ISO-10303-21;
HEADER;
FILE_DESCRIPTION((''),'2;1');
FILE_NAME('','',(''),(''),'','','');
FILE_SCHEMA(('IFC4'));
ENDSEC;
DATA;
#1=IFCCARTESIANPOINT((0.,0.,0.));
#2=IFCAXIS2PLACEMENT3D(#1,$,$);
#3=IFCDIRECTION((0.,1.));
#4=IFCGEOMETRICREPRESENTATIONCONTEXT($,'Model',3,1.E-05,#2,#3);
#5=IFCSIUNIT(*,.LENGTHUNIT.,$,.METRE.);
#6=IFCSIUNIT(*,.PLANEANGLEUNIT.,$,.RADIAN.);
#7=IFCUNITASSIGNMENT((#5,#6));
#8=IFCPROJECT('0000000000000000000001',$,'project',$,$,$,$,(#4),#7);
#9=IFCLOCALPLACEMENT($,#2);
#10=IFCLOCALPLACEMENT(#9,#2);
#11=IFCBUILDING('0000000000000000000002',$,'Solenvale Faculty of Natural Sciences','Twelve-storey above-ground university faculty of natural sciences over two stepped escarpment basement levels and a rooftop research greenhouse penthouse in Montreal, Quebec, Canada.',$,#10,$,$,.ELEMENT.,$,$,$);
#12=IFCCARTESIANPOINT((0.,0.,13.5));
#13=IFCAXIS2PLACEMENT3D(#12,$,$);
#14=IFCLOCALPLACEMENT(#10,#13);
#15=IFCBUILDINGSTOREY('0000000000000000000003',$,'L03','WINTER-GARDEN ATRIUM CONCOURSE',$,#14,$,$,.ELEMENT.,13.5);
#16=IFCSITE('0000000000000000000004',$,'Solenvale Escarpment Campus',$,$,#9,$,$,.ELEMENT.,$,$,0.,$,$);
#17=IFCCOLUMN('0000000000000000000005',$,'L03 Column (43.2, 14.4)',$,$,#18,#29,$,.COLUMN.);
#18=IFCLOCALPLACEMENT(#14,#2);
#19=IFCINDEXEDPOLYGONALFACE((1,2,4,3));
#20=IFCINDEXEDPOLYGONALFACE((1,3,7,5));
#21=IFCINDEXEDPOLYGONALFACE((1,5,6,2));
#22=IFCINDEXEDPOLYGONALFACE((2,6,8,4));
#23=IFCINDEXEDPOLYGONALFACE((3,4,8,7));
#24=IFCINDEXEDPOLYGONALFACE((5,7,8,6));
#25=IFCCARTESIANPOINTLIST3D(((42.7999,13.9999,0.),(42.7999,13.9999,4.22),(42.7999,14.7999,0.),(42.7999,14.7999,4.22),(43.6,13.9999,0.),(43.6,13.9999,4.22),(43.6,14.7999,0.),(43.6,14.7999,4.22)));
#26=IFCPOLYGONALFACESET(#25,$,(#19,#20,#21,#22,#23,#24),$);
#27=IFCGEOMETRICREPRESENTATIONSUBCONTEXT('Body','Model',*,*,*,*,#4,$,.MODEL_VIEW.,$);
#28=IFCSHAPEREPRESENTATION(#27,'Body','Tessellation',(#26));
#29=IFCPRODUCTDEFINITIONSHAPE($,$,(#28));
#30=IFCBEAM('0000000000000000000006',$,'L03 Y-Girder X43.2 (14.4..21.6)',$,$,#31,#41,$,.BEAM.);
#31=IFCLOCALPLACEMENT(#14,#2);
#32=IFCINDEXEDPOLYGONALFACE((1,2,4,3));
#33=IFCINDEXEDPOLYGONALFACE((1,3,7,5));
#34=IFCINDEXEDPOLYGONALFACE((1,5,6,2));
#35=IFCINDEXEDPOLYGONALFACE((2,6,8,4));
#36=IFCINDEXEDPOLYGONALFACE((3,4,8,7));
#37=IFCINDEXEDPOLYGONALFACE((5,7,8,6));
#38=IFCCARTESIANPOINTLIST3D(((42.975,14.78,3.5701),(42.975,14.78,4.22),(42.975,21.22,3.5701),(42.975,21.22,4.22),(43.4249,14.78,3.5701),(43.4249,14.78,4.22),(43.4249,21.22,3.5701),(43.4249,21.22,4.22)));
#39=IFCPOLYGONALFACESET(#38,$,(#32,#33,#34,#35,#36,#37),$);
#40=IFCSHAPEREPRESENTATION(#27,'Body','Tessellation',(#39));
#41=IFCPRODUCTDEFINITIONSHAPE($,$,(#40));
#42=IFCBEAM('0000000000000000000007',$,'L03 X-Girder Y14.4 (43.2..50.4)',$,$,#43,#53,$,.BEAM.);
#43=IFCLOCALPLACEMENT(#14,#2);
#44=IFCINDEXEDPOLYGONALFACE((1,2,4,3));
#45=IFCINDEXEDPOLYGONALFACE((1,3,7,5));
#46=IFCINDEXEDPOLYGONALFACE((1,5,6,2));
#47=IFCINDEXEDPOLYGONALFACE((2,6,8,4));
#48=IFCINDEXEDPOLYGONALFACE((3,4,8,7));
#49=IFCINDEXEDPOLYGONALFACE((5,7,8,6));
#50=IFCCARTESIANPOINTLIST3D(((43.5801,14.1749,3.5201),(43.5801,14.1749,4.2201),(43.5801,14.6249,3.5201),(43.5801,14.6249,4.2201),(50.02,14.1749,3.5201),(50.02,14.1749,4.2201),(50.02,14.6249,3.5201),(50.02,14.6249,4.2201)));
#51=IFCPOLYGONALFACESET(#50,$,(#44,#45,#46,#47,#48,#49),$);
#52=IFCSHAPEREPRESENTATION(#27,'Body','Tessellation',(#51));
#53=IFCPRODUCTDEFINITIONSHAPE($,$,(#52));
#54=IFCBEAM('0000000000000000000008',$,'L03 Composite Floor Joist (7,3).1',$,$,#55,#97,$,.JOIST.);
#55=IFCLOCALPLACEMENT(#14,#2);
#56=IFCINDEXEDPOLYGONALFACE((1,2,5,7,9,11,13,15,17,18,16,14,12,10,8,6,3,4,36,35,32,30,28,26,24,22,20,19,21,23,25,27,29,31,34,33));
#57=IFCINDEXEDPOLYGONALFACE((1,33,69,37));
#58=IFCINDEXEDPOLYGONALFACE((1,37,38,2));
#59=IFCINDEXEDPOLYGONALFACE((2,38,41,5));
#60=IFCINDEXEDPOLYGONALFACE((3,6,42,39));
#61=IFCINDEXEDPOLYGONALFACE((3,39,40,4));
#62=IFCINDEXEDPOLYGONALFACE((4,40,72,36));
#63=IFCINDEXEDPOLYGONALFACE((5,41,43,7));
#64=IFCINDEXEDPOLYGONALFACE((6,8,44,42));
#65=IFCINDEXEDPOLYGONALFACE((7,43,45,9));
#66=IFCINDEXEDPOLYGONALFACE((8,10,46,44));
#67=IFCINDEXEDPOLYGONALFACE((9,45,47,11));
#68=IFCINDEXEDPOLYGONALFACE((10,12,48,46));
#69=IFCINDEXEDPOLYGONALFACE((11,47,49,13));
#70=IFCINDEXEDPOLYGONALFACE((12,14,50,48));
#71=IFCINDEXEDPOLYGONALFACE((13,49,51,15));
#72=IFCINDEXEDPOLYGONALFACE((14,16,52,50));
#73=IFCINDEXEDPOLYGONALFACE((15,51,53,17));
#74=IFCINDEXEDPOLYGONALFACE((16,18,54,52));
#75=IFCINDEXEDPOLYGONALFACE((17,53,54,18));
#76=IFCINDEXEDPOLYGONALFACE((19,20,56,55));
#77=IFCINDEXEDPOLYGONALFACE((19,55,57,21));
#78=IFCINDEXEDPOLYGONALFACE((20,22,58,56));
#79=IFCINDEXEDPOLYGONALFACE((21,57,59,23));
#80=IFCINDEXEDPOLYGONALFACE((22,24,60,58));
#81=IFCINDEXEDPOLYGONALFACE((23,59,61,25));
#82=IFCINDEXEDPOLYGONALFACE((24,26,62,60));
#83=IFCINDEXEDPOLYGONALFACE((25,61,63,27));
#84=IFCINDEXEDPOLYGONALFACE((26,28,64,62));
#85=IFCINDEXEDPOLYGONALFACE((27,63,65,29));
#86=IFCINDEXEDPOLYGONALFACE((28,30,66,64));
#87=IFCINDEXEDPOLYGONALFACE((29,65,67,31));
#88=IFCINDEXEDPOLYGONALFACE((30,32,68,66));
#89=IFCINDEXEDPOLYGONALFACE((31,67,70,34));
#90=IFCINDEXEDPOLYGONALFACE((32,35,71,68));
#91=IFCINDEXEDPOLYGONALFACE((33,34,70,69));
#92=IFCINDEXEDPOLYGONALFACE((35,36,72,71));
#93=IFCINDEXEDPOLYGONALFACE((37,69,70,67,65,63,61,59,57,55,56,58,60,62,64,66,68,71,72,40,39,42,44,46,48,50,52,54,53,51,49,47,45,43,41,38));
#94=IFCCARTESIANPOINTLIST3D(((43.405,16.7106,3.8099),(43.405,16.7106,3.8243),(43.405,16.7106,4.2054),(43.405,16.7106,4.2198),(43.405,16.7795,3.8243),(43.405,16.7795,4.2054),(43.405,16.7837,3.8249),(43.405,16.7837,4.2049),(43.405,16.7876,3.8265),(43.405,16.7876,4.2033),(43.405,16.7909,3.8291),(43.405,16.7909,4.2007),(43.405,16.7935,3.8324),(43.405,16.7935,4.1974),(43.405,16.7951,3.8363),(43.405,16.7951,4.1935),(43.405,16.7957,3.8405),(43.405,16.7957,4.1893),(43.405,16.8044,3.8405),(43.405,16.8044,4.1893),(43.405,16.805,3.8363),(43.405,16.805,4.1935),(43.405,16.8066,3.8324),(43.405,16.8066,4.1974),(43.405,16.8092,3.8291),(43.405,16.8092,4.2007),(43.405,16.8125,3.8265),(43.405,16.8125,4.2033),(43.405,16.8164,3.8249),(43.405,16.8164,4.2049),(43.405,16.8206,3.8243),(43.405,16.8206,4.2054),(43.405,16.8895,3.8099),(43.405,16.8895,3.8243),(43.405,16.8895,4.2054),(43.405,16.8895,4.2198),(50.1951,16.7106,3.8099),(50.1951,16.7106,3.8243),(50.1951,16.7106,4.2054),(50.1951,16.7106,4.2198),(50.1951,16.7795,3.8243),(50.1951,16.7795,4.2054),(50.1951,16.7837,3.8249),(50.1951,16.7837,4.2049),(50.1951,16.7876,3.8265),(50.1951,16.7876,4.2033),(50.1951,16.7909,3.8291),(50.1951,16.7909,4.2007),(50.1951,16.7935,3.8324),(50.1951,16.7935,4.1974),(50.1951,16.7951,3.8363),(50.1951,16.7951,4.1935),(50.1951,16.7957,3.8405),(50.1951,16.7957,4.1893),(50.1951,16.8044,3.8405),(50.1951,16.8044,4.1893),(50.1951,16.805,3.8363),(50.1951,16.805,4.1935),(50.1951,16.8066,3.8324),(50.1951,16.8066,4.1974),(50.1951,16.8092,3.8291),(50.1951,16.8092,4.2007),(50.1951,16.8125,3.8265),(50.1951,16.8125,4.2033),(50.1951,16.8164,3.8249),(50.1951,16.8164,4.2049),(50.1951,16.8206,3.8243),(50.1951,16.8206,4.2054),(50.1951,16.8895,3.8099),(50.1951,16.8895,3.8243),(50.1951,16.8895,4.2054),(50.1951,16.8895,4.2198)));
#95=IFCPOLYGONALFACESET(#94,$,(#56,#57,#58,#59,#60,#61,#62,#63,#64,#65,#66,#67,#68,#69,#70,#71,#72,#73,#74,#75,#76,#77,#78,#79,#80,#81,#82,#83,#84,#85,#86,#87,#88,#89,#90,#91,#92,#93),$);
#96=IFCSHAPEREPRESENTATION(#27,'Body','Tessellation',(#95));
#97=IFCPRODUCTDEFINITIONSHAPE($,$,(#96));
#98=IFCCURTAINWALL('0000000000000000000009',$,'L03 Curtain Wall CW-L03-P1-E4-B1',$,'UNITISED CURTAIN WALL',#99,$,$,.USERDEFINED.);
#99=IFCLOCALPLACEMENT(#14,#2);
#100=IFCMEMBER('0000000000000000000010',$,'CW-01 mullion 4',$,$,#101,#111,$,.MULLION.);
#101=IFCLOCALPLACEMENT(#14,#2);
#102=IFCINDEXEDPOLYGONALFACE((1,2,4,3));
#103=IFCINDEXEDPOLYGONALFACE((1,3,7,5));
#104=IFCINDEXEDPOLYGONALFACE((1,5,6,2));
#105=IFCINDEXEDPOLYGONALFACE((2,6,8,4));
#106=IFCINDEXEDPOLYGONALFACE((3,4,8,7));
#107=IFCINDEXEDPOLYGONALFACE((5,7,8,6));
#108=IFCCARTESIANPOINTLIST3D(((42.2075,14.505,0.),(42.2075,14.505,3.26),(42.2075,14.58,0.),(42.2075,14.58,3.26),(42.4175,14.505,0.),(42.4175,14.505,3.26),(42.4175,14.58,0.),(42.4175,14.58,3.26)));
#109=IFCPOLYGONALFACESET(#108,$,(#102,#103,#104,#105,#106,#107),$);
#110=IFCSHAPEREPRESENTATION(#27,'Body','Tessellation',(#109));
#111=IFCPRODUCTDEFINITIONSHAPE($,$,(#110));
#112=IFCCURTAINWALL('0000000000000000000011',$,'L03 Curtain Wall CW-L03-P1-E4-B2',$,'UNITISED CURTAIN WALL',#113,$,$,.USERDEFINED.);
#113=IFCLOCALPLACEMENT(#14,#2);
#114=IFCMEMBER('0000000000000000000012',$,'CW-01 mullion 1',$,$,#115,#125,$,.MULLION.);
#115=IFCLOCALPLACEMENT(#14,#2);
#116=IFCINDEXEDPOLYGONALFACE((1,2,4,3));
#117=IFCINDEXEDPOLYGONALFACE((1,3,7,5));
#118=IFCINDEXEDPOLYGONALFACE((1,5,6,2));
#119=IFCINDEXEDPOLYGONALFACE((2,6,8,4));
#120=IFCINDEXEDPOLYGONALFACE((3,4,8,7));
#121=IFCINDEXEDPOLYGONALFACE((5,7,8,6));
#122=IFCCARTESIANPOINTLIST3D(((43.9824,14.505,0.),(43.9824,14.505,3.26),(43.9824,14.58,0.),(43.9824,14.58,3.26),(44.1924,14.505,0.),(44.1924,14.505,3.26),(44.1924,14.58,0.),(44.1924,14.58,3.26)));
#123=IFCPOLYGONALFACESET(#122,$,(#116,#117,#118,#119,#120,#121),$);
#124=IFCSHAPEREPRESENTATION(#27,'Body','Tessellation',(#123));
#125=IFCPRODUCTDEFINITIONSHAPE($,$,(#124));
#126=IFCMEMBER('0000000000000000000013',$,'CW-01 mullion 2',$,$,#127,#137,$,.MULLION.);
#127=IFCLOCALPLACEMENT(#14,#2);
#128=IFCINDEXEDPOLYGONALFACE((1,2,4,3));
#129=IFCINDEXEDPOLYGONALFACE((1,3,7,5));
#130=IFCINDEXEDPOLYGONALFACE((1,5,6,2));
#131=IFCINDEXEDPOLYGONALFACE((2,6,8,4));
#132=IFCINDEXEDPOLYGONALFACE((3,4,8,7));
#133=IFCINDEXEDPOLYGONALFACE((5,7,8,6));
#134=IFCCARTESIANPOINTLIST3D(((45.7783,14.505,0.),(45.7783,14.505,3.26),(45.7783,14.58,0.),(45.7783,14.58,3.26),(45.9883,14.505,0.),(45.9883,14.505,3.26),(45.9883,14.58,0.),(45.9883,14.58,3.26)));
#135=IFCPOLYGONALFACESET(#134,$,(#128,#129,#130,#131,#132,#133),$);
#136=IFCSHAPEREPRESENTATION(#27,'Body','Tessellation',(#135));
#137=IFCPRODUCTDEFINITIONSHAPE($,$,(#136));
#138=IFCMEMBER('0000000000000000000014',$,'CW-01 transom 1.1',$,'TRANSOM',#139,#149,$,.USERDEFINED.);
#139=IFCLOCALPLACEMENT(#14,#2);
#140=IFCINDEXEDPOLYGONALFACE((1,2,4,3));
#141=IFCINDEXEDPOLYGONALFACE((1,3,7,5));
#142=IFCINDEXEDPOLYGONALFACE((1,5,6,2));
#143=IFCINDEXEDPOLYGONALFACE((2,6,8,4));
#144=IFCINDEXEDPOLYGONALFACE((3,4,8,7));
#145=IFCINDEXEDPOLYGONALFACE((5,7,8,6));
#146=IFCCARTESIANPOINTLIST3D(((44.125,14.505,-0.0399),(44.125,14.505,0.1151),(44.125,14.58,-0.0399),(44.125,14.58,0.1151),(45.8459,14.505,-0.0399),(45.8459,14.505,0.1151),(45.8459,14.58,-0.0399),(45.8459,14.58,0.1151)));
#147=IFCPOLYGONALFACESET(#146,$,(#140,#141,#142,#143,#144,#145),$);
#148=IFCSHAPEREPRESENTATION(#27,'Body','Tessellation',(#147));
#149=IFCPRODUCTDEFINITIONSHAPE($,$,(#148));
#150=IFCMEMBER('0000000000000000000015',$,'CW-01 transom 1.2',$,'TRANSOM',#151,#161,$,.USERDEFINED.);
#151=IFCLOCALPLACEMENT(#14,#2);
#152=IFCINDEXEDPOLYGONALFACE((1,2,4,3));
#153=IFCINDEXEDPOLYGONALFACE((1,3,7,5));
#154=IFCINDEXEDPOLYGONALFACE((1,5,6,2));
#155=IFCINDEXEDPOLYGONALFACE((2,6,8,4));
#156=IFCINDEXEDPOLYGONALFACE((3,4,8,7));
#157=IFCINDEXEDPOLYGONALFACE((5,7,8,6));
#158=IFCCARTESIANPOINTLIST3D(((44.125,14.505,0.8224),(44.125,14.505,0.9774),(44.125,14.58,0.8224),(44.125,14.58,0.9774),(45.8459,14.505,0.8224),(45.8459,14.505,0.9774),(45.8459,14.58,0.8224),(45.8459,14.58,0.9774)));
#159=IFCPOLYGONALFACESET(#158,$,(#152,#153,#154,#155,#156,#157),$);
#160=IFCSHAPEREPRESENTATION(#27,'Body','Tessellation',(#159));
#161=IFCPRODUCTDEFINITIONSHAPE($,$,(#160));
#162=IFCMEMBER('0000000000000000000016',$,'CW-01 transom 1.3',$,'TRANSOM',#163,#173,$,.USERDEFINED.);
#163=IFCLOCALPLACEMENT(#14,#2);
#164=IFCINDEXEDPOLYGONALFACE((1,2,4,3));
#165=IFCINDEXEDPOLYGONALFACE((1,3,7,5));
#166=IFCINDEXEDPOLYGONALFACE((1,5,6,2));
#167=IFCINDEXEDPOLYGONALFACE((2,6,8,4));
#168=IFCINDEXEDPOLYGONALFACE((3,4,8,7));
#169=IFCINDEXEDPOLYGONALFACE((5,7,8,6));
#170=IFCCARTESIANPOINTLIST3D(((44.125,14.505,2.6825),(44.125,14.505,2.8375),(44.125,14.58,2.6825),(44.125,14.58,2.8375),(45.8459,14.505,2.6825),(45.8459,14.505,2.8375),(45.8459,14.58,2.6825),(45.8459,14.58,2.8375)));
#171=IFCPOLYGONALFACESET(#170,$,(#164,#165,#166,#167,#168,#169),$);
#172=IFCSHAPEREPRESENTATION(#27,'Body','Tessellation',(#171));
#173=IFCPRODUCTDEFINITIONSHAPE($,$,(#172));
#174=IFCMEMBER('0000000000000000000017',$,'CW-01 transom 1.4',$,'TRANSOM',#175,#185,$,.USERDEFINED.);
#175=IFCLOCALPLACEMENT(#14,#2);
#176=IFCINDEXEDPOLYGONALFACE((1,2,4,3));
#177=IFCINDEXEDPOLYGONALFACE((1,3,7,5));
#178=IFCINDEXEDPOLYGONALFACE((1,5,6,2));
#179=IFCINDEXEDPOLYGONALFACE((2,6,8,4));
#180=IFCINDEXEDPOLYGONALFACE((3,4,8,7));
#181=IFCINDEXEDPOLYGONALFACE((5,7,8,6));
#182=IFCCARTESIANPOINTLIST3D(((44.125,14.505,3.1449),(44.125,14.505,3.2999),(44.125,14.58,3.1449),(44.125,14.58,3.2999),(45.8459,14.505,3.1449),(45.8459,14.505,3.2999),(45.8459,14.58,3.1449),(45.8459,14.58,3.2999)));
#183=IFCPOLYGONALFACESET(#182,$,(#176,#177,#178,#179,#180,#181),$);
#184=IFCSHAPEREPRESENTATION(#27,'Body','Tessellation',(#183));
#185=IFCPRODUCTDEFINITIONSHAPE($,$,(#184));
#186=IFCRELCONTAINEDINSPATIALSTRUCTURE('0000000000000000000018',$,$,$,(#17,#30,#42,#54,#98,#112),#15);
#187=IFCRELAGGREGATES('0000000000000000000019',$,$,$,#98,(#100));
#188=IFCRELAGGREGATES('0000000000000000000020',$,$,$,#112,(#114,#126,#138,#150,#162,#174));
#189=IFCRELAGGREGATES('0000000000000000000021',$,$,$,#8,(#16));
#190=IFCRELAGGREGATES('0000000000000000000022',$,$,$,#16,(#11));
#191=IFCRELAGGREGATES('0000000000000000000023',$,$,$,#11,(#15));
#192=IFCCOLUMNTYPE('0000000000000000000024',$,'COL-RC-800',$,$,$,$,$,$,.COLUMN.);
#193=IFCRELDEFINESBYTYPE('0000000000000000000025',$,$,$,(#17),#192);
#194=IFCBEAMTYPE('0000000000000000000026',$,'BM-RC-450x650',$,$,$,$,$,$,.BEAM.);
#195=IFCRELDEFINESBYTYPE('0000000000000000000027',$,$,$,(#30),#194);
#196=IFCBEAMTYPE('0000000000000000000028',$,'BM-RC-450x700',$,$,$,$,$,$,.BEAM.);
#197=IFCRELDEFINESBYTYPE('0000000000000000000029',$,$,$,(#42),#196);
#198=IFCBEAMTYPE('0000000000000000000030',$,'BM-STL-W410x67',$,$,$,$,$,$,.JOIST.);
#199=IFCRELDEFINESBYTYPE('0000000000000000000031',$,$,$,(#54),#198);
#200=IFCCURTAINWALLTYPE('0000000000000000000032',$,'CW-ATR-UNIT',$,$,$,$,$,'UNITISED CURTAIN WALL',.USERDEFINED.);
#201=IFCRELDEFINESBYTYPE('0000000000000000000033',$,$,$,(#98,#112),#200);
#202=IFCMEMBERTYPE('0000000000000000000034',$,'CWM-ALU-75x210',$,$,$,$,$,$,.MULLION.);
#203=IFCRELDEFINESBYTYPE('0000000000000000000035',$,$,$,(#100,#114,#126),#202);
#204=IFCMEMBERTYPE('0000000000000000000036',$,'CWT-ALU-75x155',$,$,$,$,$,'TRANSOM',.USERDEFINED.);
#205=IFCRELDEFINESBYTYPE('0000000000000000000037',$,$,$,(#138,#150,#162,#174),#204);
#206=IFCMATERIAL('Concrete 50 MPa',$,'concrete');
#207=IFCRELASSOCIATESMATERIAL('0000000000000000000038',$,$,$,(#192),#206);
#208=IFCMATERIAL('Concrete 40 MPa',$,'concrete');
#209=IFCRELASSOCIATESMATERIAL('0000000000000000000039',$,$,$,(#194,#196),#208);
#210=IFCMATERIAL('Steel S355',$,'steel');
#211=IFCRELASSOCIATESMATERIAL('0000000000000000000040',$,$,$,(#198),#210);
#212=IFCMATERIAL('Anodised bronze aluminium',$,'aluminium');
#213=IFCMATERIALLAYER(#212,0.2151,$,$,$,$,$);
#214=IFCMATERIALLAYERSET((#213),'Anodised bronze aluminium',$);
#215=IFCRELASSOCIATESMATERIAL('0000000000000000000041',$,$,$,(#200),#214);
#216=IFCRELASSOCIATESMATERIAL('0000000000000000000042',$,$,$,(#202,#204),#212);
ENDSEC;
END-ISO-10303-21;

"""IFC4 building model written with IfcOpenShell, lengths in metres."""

from ifc_helpers import new_model, si_unit, direction, frame, origin, origin_2d, place, context, subcontext, project, spatial, rectangle, i_section, extrude, material, layer, layer_set, material_profile, profile_set, type_object, element, aggregate, save


model = new_model("IFC4")

# Units and contexts
model_context = context("Model", 3, precision=1e-05, world=origin(), true_north=direction((0.0, 1.0)))
body_context = subcontext(model_context, "Body", "Model", "MODEL_VIEW")
ifc_project = project(units=[si_unit("LENGTHUNIT", "METRE"), si_unit("PLANEANGLEUNIT", "RADIAN")], contexts=[model_context])

# Site, building, storey
site_placement = place(None, origin())
site = spatial("IfcSite", under=ifc_project, at=site_placement, Name="Solenvale Escarpment Campus", CompositionType="ELEMENT", RefElevation=0.0)
building_placement = place(site_placement, origin())
building = spatial("IfcBuilding", under=site, at=building_placement, Name="Solenvale Faculty of Natural Sciences", Description="Twelve-storey above-ground university faculty of natural sciences over two stepped escarpment basement levels and a rooftop research greenhouse penthouse in Montreal, Quebec, Canada.", CompositionType="ELEMENT")
storey_placement = place(building_placement, frame((0.0, 0.0, 13.5)))
storey = spatial("IfcBuildingStorey", under=building, at=storey_placement, Name="L03", Description="WINTER-GARDEN ATRIUM CONCOURSE", CompositionType="ELEMENT", Elevation=13.5)

# Column
ifc_material_1 = material(Name="Concrete 50 MPa", Category="concrete")
ifc_material_profile_1 = material_profile(ifc_material_1, rectangle(XDim=0.8, YDim=0.8, at=origin_2d()), Name="RC-COL-800x800")
ifc_profile_set_1 = profile_set([ifc_material_profile_1], Name="Concrete 50 MPa")
column_type = type_object("IfcColumnType", Name="COL-RC-800", PredefinedType="COLUMN", material=ifc_profile_set_1)
column_placement = place(storey_placement, frame((43.2, 14.3999, 0.0), z_axis=(0.0, 0.0, 1.0), x_axis=(1.0, 0.0, 0.0)))
element("IfcColumn", 1, at=column_placement, inside=storey, type_object=column_type, Name="L03 Column (43.2, 14.4)", PredefinedType="COLUMN", context=body_context, shape_type="SweptSolid", body=[
    extrude(rectangle(XDim=0.8, YDim=0.8, at=origin_2d()), origin(), (0.0, 0.0, 1.0), 4.22),
])

# Beams
ifc_material_2 = material(Name="Concrete 40 MPa", Category="concrete")
ifc_material_profile_2 = material_profile(ifc_material_2, rectangle(XDim=0.45, YDim=0.6499, at=origin_2d()), Name="RC-BM-450x650")
ifc_profile_set_2 = profile_set([ifc_material_profile_2], Name="Concrete 40 MPa")
beam_type_1 = type_object("IfcBeamType", Name="BM-RC-450x650", PredefinedType="BEAM", material=ifc_profile_set_2)
beam_1_placement = place(storey_placement, frame((43.2, 14.78, 3.895), z_axis=(0.0, 1.0, 0.0), x_axis=(-1.0, 0.0, 0.0)))
element("IfcBeam", 2, at=beam_1_placement, inside=storey, type_object=beam_type_1, Name="L03 Y-Girder X43.2 (14.4..21.6)", PredefinedType="BEAM", context=body_context, shape_type="SweptSolid", body=[
    extrude(rectangle(XDim=0.45, YDim=0.6499, at=origin_2d()), origin(), (0.0, 0.0, 1.0), 6.4399),
])
ifc_material_profile_3 = material_profile(ifc_material_2, rectangle(XDim=0.45, YDim=0.7, at=origin_2d()), Name="RC-BM-450x700")
ifc_profile_set_3 = profile_set([ifc_material_profile_3], Name="Concrete 40 MPa")
beam_type_2 = type_object("IfcBeamType", Name="BM-RC-450x700", PredefinedType="BEAM", material=ifc_profile_set_3)
beam_2_placement = place(storey_placement, frame((43.5801, 14.3999, 3.8701), z_axis=(1.0, 0.0, 0.0), x_axis=(0.0, 1.0, 0.0)))
element("IfcBeam", 3, at=beam_2_placement, inside=storey, type_object=beam_type_2, Name="L03 X-Girder Y14.4 (43.2..50.4)", PredefinedType="BEAM", context=body_context, shape_type="SweptSolid", body=[
    extrude(rectangle(XDim=0.45, YDim=0.7, at=origin_2d()), origin(), (0.0, 0.0, 1.0), 6.4399),
])
ifc_material_3 = material(Name="Steel S355", Category="steel")
ifc_material_profile_4 = material_profile(ifc_material_3, i_section(OverallWidth=0.179, OverallDepth=0.4099, WebThickness=0.0088, FlangeThickness=0.0144, FilletRadius=0.0161, at=origin_2d()), Name="W410x67")
ifc_profile_set_4 = profile_set([ifc_material_profile_4], Name="Steel S355")
beam_type_3 = type_object("IfcBeamType", Name="BM-STL-W410x67", PredefinedType="JOIST", material=ifc_profile_set_4)
beam_3_placement = place(storey_placement, frame((43.405, 16.8, 4.0149), z_axis=(1.0, 0.0, 0.0), x_axis=(0.0, 1.0, 0.0)))
element("IfcBeam", 4, at=beam_3_placement, inside=storey, type_object=beam_type_3, Name="L03 Composite Floor Joist (7,3).1", PredefinedType="JOIST", context=body_context, shape_type="SweptSolid", body=[
    extrude(i_section(OverallWidth=0.179, OverallDepth=0.4099, WebThickness=0.0088, FlangeThickness=0.0144, FilletRadius=0.0161, at=origin_2d()), origin(), (0.0, 0.0, 1.0), 6.79),
])

# Curtain wall, member
ifc_material_4 = material(Name="Anodised bronze aluminium", Category="aluminium")
ifc_layer_1 = layer(ifc_material_4, 0.2151)
ifc_layer_set_1 = layer_set([ifc_layer_1], Name="Anodised bronze aluminium")
curtain_wall_type = type_object("IfcCurtainWallType", Name="CW-ATR-UNIT", ElementType="UNITISED CURTAIN WALL", PredefinedType="USERDEFINED", material=ifc_layer_set_1)
curtain_wall_1_placement = place(storey_placement, origin())
curtain_wall_1 = element("IfcCurtainWall", 5, at=curtain_wall_1_placement, inside=storey, type_object=curtain_wall_type, Name="L03 Curtain Wall CW-L03-P1-E4-B1", ObjectType="UNITISED CURTAIN WALL", PredefinedType="USERDEFINED")
ifc_material_profile_5 = material_profile(ifc_material_4, rectangle(XDim=0.075, YDim=0.21, at=origin_2d()), Name="ALU-MUL-75x210")
ifc_profile_set_5 = profile_set([ifc_material_profile_5], Name="Anodised bronze aluminium")
member_type_1 = type_object("IfcMemberType", Name="CWM-ALU-75x210", PredefinedType="MULLION", material=ifc_profile_set_5)
member_1_placement = place(storey_placement, frame((42.3125, 14.5425, 0.0), z_axis=(0.0, 0.0, 1.0), x_axis=(0.0, 1.0, 0.0)))
member_1 = element("IfcMember", 6, at=member_1_placement, type_object=member_type_1, Name="CW-01 mullion 4", PredefinedType="MULLION", context=body_context, shape_type="SweptSolid", body=[
    extrude(rectangle(XDim=0.075, YDim=0.21, at=origin_2d()), origin(), (0.0, 0.0, 1.0), 3.26),
])

# Curtain wall, members
curtain_wall_2_placement = place(storey_placement, origin())
curtain_wall_2 = element("IfcCurtainWall", 7, at=curtain_wall_2_placement, inside=storey, type_object=curtain_wall_type, Name="L03 Curtain Wall CW-L03-P1-E4-B2", ObjectType="UNITISED CURTAIN WALL", PredefinedType="USERDEFINED")
member_2_placement = place(storey_placement, frame((44.0874, 14.5425, 0.0), z_axis=(0.0, 0.0, 1.0), x_axis=(0.0, 1.0, 0.0)))
member_2 = element("IfcMember", 8, at=member_2_placement, type_object=member_type_1, Name="CW-01 mullion 1", PredefinedType="MULLION", context=body_context, shape_type="SweptSolid", body=[
    extrude(rectangle(XDim=0.075, YDim=0.21, at=origin_2d()), origin(), (0.0, 0.0, 1.0), 3.26),
])
member_3_placement = place(storey_placement, frame((45.8833, 14.5425, 0.0), z_axis=(0.0, 0.0, 1.0), x_axis=(0.0, 1.0, 0.0)))
member_3 = element("IfcMember", 9, at=member_3_placement, type_object=member_type_1, Name="CW-01 mullion 2", PredefinedType="MULLION", context=body_context, shape_type="SweptSolid", body=[
    extrude(rectangle(XDim=0.075, YDim=0.21, at=origin_2d()), origin(), (0.0, 0.0, 1.0), 3.26),
])
ifc_material_profile_6 = material_profile(ifc_material_4, rectangle(XDim=0.075, YDim=0.155, at=origin_2d()), Name="ALU-TRN-75x155")
ifc_profile_set_6 = profile_set([ifc_material_profile_6], Name="Anodised bronze aluminium")
member_type_2 = type_object("IfcMemberType", Name="CWT-ALU-75x155", ElementType="TRANSOM", PredefinedType="USERDEFINED", material=ifc_profile_set_6)
member_4_placement = place(storey_placement, frame((44.125, 14.5425, 0.0376), z_axis=(1.0, 0.0, 0.0), x_axis=(0.0, 1.0, 0.0)))
member_4 = element("IfcMember", 10, at=member_4_placement, type_object=member_type_2, Name="CW-01 transom 1.1", ObjectType="TRANSOM", PredefinedType="USERDEFINED", context=body_context, shape_type="SweptSolid", body=[
    extrude(rectangle(XDim=0.075, YDim=0.155, at=origin_2d()), origin(), (0.0, 0.0, 1.0), 1.7209),
])
member_5_placement = place(storey_placement, frame((44.125, 14.5425, 0.8999), z_axis=(1.0, 0.0, 0.0), x_axis=(0.0, 1.0, 0.0)))
member_5 = element("IfcMember", 11, at=member_5_placement, type_object=member_type_2, Name="CW-01 transom 1.2", ObjectType="TRANSOM", PredefinedType="USERDEFINED", context=body_context, shape_type="SweptSolid", body=[
    extrude(rectangle(XDim=0.075, YDim=0.155, at=origin_2d()), origin(), (0.0, 0.0, 1.0), 1.7209),
])
member_6_placement = place(storey_placement, frame((44.125, 14.5425, 2.76), z_axis=(1.0, 0.0, 0.0), x_axis=(0.0, 1.0, 0.0)))
member_6 = element("IfcMember", 12, at=member_6_placement, type_object=member_type_2, Name="CW-01 transom 1.3", ObjectType="TRANSOM", PredefinedType="USERDEFINED", context=body_context, shape_type="SweptSolid", body=[
    extrude(rectangle(XDim=0.075, YDim=0.155, at=origin_2d()), origin(), (0.0, 0.0, 1.0), 1.7209),
])
member_7_placement = place(storey_placement, frame((44.125, 14.5425, 3.2224), z_axis=(1.0, 0.0, 0.0), x_axis=(0.0, 1.0, 0.0)))
member_7 = element("IfcMember", 13, at=member_7_placement, type_object=member_type_2, Name="CW-01 transom 1.4", ObjectType="TRANSOM", PredefinedType="USERDEFINED", context=body_context, shape_type="SweptSolid", body=[
    extrude(rectangle(XDim=0.075, YDim=0.155, at=origin_2d()), origin(), (0.0, 0.0, 1.0), 1.7209),
])

aggregate(curtain_wall_1, [member_1])
aggregate(curtain_wall_2, [member_2, member_3, member_4, member_5, member_6, member_7])

save(model, "model.ifc")
